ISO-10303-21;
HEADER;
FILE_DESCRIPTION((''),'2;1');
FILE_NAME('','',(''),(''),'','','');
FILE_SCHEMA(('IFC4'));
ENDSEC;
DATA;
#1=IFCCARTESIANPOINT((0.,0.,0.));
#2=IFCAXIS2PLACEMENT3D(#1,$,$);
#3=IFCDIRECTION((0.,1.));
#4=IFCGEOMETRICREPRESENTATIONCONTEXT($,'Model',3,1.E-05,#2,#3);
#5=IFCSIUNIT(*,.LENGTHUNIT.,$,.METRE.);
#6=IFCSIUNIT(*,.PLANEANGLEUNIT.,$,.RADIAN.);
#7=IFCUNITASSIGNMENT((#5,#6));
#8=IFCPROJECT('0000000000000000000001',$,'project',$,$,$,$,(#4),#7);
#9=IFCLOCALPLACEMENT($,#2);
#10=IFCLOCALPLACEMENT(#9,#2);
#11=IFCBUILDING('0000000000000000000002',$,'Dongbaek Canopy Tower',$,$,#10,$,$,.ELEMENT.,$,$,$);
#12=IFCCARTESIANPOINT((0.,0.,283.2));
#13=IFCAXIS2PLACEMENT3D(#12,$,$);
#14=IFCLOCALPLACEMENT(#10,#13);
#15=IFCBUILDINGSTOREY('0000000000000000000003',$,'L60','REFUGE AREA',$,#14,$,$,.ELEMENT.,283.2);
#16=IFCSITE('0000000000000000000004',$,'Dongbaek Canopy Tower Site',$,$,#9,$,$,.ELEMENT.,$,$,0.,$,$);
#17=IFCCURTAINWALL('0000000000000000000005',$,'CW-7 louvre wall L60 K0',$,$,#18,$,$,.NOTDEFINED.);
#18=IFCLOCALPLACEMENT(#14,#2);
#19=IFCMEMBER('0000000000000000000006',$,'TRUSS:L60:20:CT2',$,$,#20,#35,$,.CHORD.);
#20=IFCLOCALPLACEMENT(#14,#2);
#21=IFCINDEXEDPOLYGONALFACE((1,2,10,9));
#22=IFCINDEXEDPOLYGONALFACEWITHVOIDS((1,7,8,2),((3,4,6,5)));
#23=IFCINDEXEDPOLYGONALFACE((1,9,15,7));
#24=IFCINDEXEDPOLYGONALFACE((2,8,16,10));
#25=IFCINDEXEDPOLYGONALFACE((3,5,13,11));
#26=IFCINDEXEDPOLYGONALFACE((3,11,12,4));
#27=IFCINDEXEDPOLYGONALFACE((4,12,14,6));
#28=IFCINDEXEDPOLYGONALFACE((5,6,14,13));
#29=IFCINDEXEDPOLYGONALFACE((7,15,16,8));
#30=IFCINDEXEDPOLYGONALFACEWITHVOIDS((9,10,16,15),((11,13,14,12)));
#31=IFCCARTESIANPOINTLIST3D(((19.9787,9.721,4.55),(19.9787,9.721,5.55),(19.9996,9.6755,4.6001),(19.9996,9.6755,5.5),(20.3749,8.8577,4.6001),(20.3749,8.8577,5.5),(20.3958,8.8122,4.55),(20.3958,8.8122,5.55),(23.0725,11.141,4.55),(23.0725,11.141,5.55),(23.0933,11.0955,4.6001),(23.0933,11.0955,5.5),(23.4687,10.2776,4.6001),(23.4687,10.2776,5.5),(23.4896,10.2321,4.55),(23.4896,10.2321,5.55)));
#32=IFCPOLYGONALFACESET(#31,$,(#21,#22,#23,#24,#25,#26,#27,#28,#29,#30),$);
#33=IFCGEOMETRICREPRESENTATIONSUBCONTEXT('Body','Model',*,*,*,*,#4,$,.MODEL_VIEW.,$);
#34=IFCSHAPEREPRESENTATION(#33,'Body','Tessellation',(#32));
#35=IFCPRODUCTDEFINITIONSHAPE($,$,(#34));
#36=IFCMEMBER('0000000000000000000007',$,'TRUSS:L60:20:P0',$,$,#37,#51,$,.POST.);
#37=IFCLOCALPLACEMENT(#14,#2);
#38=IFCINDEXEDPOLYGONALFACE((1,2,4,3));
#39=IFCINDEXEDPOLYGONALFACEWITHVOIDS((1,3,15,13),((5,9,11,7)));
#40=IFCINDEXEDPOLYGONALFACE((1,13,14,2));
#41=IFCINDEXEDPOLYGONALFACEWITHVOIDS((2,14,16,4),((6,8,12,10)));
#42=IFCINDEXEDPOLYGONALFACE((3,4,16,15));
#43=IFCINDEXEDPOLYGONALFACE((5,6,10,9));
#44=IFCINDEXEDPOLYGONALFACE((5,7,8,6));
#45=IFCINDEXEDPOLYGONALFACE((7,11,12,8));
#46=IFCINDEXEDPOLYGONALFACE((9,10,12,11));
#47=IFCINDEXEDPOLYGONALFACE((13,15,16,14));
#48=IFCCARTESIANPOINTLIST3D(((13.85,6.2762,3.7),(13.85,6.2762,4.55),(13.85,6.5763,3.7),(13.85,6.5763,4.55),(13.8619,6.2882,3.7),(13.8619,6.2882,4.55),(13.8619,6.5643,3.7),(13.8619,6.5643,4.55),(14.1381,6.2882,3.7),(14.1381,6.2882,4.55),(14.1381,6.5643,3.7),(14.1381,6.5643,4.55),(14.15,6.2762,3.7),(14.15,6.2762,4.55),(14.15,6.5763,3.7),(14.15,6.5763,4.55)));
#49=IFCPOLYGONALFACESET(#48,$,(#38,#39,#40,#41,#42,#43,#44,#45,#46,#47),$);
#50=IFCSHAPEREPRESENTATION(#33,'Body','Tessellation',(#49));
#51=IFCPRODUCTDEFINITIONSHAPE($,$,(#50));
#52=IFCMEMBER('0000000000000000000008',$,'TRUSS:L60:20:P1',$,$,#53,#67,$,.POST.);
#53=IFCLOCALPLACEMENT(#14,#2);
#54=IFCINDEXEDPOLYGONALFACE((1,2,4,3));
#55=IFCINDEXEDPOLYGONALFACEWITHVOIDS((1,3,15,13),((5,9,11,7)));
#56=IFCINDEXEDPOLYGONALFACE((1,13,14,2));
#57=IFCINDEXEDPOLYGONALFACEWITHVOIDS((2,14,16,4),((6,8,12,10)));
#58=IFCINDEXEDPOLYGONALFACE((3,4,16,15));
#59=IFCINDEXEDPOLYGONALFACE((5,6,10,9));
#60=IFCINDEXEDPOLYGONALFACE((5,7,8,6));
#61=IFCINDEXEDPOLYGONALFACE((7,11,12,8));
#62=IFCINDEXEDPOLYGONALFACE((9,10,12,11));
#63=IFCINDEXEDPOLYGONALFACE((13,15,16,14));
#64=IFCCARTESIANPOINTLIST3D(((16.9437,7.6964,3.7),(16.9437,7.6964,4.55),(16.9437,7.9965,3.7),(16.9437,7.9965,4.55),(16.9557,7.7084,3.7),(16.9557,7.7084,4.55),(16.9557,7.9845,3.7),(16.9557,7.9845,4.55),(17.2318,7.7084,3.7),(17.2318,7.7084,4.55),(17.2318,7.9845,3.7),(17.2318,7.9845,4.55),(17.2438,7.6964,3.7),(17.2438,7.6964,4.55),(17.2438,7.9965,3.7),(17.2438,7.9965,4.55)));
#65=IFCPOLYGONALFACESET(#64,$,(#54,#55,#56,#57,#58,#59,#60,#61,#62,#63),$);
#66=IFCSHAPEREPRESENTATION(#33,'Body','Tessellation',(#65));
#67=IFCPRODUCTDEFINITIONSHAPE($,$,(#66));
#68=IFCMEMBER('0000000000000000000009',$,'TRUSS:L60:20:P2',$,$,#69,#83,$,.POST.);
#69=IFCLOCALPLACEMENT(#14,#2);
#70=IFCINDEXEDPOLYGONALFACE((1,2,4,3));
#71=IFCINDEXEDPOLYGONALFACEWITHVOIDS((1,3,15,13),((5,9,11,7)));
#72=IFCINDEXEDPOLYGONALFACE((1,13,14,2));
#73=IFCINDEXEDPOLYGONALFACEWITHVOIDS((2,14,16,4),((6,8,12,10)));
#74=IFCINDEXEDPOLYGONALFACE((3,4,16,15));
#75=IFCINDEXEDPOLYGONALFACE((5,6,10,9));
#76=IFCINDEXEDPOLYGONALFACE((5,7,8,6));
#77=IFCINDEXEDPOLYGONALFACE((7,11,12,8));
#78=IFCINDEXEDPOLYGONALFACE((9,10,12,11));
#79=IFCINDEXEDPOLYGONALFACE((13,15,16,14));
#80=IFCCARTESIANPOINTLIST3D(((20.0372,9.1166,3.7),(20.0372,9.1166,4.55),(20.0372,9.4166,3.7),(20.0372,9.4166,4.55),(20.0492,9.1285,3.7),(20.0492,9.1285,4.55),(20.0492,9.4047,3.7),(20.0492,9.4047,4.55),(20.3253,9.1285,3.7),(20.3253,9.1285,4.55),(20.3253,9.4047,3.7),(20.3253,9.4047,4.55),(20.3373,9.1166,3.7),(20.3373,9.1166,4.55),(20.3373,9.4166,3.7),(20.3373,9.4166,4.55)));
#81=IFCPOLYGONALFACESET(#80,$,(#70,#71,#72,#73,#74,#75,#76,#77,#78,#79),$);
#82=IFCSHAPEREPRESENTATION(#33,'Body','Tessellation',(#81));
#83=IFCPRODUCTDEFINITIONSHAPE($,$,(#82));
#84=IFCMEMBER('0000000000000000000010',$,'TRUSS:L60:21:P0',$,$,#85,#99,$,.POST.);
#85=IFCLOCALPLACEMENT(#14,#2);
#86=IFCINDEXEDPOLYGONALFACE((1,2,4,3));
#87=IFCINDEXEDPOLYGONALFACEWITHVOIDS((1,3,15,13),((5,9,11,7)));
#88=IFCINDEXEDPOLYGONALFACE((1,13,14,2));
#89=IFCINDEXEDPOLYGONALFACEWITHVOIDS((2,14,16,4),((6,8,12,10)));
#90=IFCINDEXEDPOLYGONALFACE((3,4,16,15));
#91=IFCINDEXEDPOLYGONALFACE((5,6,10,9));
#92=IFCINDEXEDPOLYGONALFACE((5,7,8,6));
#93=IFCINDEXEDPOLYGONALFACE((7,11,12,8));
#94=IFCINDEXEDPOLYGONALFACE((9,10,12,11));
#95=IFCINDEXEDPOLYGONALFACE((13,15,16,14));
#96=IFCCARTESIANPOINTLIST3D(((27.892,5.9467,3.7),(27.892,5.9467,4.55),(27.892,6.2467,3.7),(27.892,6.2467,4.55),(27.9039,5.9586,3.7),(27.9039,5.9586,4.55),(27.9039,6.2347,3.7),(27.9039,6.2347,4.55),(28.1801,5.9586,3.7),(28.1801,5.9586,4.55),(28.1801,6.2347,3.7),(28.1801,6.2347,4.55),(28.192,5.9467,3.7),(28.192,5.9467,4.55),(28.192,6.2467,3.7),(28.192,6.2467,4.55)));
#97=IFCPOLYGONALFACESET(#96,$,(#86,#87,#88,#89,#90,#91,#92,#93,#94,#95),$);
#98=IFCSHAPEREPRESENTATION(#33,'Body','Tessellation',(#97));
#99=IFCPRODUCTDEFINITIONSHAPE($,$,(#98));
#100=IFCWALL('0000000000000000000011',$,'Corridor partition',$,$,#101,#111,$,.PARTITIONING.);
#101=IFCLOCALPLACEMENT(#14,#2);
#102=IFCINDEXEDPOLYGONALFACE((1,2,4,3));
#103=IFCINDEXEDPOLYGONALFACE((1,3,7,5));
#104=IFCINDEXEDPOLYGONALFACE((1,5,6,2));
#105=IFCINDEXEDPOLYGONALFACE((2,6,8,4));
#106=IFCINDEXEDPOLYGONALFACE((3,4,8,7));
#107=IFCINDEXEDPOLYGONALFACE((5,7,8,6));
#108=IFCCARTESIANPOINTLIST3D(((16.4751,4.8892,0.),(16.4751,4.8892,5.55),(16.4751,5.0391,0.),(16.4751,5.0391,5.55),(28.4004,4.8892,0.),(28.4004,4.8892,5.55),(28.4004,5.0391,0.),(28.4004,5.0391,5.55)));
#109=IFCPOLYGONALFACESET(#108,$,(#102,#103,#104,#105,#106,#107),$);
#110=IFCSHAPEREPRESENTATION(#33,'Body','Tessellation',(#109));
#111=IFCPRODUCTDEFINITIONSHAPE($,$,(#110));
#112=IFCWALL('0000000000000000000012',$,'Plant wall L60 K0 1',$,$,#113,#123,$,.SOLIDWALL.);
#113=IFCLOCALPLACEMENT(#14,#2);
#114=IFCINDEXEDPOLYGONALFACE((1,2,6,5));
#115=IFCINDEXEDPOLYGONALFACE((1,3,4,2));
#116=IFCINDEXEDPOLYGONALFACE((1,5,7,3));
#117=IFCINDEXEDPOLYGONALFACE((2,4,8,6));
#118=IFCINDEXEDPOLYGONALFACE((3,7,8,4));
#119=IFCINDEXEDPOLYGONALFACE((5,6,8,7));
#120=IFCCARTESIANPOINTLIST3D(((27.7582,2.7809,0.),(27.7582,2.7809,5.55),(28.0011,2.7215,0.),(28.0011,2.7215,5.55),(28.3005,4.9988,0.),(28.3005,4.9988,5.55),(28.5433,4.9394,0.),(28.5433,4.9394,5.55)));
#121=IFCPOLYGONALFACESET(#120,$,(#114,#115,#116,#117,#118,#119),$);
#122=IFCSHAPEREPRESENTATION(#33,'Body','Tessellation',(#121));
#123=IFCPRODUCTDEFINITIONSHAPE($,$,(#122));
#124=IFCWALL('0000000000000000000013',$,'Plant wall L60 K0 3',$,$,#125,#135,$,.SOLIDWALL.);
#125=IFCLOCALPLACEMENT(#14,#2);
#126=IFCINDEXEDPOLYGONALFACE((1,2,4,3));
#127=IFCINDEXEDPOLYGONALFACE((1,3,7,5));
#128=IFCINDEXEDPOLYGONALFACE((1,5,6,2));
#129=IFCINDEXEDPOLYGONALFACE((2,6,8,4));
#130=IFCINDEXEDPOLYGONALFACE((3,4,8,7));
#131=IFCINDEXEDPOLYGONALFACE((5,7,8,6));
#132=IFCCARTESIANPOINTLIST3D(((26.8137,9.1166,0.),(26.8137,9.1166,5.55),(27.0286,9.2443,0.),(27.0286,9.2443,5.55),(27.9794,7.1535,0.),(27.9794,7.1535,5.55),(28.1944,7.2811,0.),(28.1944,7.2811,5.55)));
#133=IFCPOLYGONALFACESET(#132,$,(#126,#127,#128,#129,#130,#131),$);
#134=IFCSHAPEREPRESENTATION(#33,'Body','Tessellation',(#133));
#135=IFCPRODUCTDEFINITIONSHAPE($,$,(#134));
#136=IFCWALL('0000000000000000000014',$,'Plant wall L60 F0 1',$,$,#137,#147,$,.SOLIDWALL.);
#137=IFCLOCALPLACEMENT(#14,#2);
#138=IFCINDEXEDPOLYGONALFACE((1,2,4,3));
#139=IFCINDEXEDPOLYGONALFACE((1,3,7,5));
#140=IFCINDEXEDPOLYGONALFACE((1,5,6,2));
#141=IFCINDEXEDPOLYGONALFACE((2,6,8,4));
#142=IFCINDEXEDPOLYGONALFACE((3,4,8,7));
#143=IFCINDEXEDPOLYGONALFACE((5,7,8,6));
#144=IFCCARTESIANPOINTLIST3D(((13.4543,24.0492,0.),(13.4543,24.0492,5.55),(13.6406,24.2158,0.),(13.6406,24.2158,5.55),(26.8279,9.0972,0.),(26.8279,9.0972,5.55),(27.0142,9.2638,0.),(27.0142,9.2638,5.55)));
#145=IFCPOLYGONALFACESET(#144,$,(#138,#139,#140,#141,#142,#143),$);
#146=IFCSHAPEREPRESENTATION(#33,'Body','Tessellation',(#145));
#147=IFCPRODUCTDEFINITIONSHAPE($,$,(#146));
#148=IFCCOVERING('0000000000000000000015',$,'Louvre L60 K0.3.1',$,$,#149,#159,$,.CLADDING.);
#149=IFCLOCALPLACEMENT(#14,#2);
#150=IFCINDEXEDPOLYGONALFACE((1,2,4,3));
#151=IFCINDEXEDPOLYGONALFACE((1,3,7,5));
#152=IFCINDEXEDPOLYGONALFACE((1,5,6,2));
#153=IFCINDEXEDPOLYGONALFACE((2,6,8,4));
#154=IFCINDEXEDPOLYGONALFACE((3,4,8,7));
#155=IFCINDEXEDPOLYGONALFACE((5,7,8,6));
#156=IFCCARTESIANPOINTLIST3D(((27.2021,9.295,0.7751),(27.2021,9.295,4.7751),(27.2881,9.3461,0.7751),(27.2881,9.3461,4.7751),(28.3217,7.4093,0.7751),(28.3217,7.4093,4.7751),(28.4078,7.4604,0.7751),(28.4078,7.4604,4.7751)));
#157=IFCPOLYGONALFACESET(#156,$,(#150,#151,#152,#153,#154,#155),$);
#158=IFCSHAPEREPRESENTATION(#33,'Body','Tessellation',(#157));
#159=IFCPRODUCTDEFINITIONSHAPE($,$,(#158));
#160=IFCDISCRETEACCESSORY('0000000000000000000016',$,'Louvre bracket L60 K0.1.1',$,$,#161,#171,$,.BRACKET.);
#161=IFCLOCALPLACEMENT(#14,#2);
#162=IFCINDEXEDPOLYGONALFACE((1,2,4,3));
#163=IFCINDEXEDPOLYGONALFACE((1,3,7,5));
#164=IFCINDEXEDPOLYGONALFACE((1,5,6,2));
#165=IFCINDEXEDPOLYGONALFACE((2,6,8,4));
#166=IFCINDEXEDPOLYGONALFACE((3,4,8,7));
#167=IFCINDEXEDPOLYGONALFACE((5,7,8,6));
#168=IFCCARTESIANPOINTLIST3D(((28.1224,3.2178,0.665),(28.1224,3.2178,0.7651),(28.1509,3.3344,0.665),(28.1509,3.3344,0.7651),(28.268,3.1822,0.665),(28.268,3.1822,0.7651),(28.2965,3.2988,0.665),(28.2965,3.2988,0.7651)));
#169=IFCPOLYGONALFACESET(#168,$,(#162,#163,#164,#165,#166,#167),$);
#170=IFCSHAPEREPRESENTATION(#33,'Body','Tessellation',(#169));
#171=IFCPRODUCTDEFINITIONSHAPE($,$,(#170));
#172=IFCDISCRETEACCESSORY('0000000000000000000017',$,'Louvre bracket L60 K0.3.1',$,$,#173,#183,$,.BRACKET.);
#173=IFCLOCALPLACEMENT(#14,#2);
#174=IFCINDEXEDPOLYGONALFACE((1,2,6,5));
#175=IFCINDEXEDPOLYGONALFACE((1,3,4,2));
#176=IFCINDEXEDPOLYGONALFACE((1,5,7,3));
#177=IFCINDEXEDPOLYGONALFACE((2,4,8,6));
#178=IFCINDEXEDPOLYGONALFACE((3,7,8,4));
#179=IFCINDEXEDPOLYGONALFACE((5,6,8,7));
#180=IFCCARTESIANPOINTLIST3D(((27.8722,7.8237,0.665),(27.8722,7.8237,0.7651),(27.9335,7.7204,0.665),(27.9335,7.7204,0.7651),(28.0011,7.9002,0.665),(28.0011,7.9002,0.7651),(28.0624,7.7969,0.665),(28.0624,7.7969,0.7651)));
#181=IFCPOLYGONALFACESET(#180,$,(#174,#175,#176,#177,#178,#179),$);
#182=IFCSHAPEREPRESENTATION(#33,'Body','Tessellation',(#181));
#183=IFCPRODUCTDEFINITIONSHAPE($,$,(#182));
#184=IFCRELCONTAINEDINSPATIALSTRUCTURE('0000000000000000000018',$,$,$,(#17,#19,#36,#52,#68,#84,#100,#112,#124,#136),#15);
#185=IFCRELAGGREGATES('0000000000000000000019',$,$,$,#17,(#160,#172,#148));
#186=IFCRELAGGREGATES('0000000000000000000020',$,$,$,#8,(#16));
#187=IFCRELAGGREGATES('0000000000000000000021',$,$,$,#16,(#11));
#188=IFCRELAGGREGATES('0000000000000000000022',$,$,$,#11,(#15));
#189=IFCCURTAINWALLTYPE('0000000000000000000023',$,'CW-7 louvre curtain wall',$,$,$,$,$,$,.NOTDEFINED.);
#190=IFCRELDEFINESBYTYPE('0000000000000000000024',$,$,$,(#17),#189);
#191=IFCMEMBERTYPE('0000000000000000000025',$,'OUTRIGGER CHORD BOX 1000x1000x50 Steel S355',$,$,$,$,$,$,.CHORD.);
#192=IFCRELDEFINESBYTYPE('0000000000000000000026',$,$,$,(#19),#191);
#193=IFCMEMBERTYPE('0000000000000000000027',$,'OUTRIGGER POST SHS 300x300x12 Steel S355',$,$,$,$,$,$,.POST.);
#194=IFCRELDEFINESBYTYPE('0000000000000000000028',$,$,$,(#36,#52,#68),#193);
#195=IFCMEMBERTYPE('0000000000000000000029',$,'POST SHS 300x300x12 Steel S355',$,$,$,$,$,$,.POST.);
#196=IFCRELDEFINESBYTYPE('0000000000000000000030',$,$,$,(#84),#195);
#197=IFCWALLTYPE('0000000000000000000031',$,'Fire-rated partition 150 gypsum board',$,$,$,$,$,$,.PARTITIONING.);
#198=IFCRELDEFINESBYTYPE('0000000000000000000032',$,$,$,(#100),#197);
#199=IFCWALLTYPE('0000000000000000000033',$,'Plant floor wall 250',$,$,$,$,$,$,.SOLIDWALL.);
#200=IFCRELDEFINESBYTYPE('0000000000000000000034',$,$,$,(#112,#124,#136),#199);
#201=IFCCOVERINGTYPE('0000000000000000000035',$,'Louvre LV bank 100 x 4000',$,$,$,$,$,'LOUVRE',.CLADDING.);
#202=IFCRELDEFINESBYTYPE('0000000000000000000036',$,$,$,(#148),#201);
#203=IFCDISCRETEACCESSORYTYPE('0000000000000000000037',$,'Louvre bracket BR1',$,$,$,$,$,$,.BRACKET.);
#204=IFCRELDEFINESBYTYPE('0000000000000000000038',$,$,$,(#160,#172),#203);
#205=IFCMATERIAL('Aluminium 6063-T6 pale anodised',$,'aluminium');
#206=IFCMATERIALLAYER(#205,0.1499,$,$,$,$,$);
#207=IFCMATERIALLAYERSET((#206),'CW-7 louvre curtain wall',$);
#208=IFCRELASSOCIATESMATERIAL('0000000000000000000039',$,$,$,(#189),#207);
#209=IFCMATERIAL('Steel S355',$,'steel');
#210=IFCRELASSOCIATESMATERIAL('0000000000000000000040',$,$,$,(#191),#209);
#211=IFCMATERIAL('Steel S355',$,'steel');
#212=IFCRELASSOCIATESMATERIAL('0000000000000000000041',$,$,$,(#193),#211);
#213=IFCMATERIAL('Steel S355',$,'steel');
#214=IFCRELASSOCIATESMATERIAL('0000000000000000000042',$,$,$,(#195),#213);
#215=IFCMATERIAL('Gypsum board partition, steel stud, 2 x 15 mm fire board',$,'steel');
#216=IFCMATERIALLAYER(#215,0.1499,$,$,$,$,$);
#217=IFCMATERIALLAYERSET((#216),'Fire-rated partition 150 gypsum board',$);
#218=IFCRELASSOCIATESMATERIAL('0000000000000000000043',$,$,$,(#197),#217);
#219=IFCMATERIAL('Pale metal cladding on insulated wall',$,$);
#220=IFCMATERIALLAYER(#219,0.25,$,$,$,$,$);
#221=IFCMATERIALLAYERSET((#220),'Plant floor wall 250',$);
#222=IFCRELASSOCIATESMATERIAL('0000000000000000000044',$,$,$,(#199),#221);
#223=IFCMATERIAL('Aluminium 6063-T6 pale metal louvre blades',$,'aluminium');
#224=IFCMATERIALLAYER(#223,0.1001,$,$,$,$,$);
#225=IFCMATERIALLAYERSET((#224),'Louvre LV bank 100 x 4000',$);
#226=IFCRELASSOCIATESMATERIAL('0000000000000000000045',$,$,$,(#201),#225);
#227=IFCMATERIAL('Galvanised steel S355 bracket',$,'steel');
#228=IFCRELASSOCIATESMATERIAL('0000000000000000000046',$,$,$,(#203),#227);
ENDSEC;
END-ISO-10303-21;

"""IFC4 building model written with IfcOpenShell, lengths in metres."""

from ifc_helpers import new_model, si_unit, direction, frame, frame_2d, origin, origin_2d, place, context, subcontext, project, spatial, rectangle, hollow_rectangle, extrude, material, layer, layer_set, material_profile, profile_set, type_object, element, aggregate, save


model = new_model("IFC4")

# Units and contexts
model_context = context("Model", 3, precision=1e-05, world=origin(), true_north=direction((0.0, 1.0)))
body_context = subcontext(model_context, "Body", "Model", "MODEL_VIEW")
ifc_project = project(units=[si_unit("LENGTHUNIT", "METRE"), si_unit("PLANEANGLEUNIT", "RADIAN")], contexts=[model_context])

# Site, building, storey
site_placement = place(None, origin())
site = spatial("IfcSite", under=ifc_project, at=site_placement, Name="Dongbaek Canopy Tower Site", CompositionType="ELEMENT", RefElevation=0.0)
building_placement = place(site_placement, origin())
building = spatial("IfcBuilding", under=site, at=building_placement, Name="Dongbaek Canopy Tower", CompositionType="ELEMENT")
storey_placement = place(building_placement, frame((0.0, 0.0, 283.2)))
storey = spatial("IfcBuildingStorey", under=building, at=storey_placement, Name="L60", Description="REFUGE AREA", CompositionType="ELEMENT", Elevation=283.2)

# Curtain wall
ifc_material_1 = material(Name="Aluminium 6063-T6 pale anodised", Category="aluminium")
ifc_layer_1 = layer(ifc_material_1, 0.1499)
ifc_layer_set_1 = layer_set([ifc_layer_1], Name="CW-7 louvre curtain wall")
curtain_wall_type = type_object("IfcCurtainWallType", Name="CW-7 louvre curtain wall", PredefinedType="NOTDEFINED", material=ifc_layer_set_1)
curtain_wall_1_placement = place(storey_placement, origin())
curtain_wall_1 = element("IfcCurtainWall", 1, at=curtain_wall_1_placement, inside=storey, type_object=curtain_wall_type, Name="CW-7 louvre wall L60 K0", PredefinedType="NOTDEFINED")

# Members
ifc_material_2 = material(Name="Steel S355", Category="steel")
ifc_material_profile_1 = material_profile(ifc_material_2, hollow_rectangle(XDim=1.0, YDim=1.0, WallThickness=0.05, at=origin_2d()), Name="OUTRIGGER CHORD BOX 1000x1000x50 Steel S355")
ifc_profile_set_1 = profile_set([ifc_material_profile_1], Name="Steel S355")
member_type_1 = type_object("IfcMemberType", Name="OUTRIGGER CHORD BOX 1000x1000x50 Steel S355", PredefinedType="CHORD", material=ifc_profile_set_1)
member_1_placement = place(storey_placement, frame((20.1873, 9.2666, 5.05), z_axis=(0.908847, 0.417129, 0.0), x_axis=(-0.417129, 0.908847, 0.0)))
element("IfcMember", 2, at=member_1_placement, inside=storey, type_object=member_type_1, Name="TRUSS:L60:20:CT2", PredefinedType="CHORD", context=body_context, shape_type="SweptSolid", body=[
    extrude(hollow_rectangle(XDim=1.0, YDim=1.0, WallThickness=0.05, at=origin_2d()), origin(), (0.0, 0.0, 1.0), 3.4041),
])
ifc_material_3 = material(Name="Steel S355", Category="steel")
ifc_material_profile_2 = material_profile(ifc_material_3, hollow_rectangle(XDim=0.3, YDim=0.3, WallThickness=0.012, at=origin_2d()), Name="OUTRIGGER POST SHS 300x300x12 Steel S355")
ifc_profile_set_2 = profile_set([ifc_material_profile_2], Name="Steel S355")
member_type_2 = type_object("IfcMemberType", Name="OUTRIGGER POST SHS 300x300x12 Steel S355", PredefinedType="POST", material=ifc_profile_set_2)
for number, where, z_axis, x_axis, name in (
    (3, (14.0, 6.4263, 3.7), (0.0, 0.0, 1.0), (1.0, 0.0, 0.0), "TRUSS:L60:20:P0"),
    (4, (17.0938, 7.8464, 3.7), (0.0, 0.0, 1.0), (1.0, 0.0, 0.0), "TRUSS:L60:20:P1"),
    (5, (20.1873, 9.2666, 3.7), (0.0, 0.0, 1.0), (1.0, 0.0, 0.0), "TRUSS:L60:20:P2"),
):
    element("IfcMember", number, at=place(storey_placement, frame(where, z_axis=z_axis, x_axis=x_axis)), inside=storey, type_object=member_type_2, Name=name, PredefinedType="POST", context=body_context, shape_type="SweptSolid", body=[
        extrude(hollow_rectangle(XDim=0.3, YDim=0.3, WallThickness=0.012, at=origin_2d()), origin(), (0.0, 0.0, 1.0), 0.8501),
    ])
ifc_material_4 = material(Name="Steel S355", Category="steel")
ifc_material_profile_3 = material_profile(ifc_material_4, hollow_rectangle(XDim=0.3, YDim=0.3, WallThickness=0.012, at=origin_2d()), Name="POST SHS 300x300x12 Steel S355")
ifc_profile_set_3 = profile_set([ifc_material_profile_3], Name="Steel S355")
member_type_3 = type_object("IfcMemberType", Name="POST SHS 300x300x12 Steel S355", PredefinedType="POST", material=ifc_profile_set_3)
member_2_placement = place(storey_placement, frame((28.042, 6.0967, 3.7), z_axis=(0.0, 0.0, 1.0), x_axis=(1.0, 0.0, 0.0)))
element("IfcMember", 6, at=member_2_placement, inside=storey, type_object=member_type_3, Name="TRUSS:L60:21:P0", PredefinedType="POST", context=body_context, shape_type="SweptSolid", body=[
    extrude(hollow_rectangle(XDim=0.3, YDim=0.3, WallThickness=0.012, at=origin_2d()), origin(), (0.0, 0.0, 1.0), 0.8501),
])

# Walls
ifc_material_5 = material(Name="Gypsum board partition, steel stud, 2 x 15 mm fire board", Category="steel")
ifc_layer_2 = layer(ifc_material_5, 0.1499)
ifc_layer_set_2 = layer_set([ifc_layer_2], Name="Fire-rated partition 150 gypsum board")
wall_type_1 = type_object("IfcWallType", Name="Fire-rated partition 150 gypsum board", PredefinedType="PARTITIONING", material=ifc_layer_set_2)
wall_1_placement = place(storey_placement, frame((16.4751, 4.9641, 0.0), z_axis=(0.0, 0.0, 1.0), x_axis=(1.0, 0.0, 0.0)))
element("IfcWall", 7, at=wall_1_placement, inside=storey, type_object=wall_type_1, Name="Corridor partition", PredefinedType="PARTITIONING", context=body_context, shape_type="SweptSolid", body=[
    extrude(rectangle(XDim=11.9253, YDim=0.1499, at=frame_2d((5.9626, 0.0))), origin(), (0.0, 0.0, 1.0), 5.55),
])
ifc_material_6 = material(Name="Pale metal cladding on insulated wall")
ifc_layer_3 = layer(ifc_material_6, 0.25)
ifc_layer_set_3 = layer_set([ifc_layer_3], Name="Plant floor wall 250")
wall_type_2 = type_object("IfcWallType", Name="Plant floor wall 250", PredefinedType="SOLIDWALL", material=ifc_layer_set_3)
for number, where, z_axis, x_axis, name in (
    (8, (27.8796, 2.7512, 0.0), (0.0, 0.0, 1.0), (0.2375, 0.971387, 0.0), "Plant wall L60 K0 1"),
    (9, (28.0869, 7.2173, 0.0), (0.0, 0.0, 1.0), (-0.510591, 0.859824, 0.0), "Plant wall L60 K0 3"),
):
    element("IfcWall", number, at=place(storey_placement, frame(where, z_axis=z_axis, x_axis=x_axis)), inside=storey, type_object=wall_type_2, Name=name, PredefinedType="SOLIDWALL", context=body_context, shape_type="SweptSolid", body=[
        extrude(rectangle(XDim=2.2832, YDim=0.25, at=frame_2d((1.1416, 0.0))), origin(), (0.0, 0.0, 1.0), 5.55),
    ])
wall_2_placement = place(storey_placement, frame((26.9211, 9.1804, 0.0), z_axis=(0.0, 0.0, 1.0), x_axis=(-0.666671, 0.745352, 0.0)))
element("IfcWall", 10, at=wall_2_placement, inside=storey, type_object=wall_type_2, Name="Plant wall L60 F0 1", PredefinedType="SOLIDWALL", context=body_context, shape_type="SweptSolid", body=[
    extrude(rectangle(XDim=20.0603, YDim=0.25, at=frame_2d((10.0303, 0.0))), origin(), (0.0, 0.0, 1.0), 5.55),
])

# Covering
ifc_material_7 = material(Name="Aluminium 6063-T6 pale metal louvre blades", Category="aluminium")
ifc_layer_4 = layer(ifc_material_7, 0.1001)
ifc_layer_set_4 = layer_set([ifc_layer_4], Name="Louvre LV bank 100 x 4000")
covering_type = type_object("IfcCoveringType", Name="Louvre LV bank 100 x 4000", ElementType="LOUVRE", PredefinedType="CLADDING", material=ifc_layer_set_4)
covering_placement = place(storey_placement, frame((27.8049, 8.3777, 0.7751), z_axis=(0.0, 0.0, 1.0), x_axis=(-0.510546, 0.859851, 0.0)))
covering = element("IfcCovering", 11, at=covering_placement, type_object=covering_type, Name="Louvre L60 K0.3.1", PredefinedType="CLADDING", context=body_context, shape_type="SweptSolid", body=[
    extrude(rectangle(XDim=2.1931, YDim=0.1001, at=origin_2d()), origin(), (0.0, 0.0, 1.0), 4.0),
])

# Discrete accessories
ifc_material_8 = material(Name="Galvanised steel S355 bracket", Category="steel")
discrete_accessory_type = type_object("IfcDiscreteAccessoryType", Name="Louvre bracket BR1", PredefinedType="BRACKET", material=ifc_material_8)
discrete_accessory_1_placement = place(storey_placement, frame((28.2095, 3.2583, 0.665), z_axis=(0.0, 0.0, 1.0), x_axis=(0.237564, 0.971372, 0.0)))
discrete_accessory_1 = element("IfcDiscreteAccessory", 12, at=discrete_accessory_1_placement, type_object=discrete_accessory_type, Name="Louvre bracket L60 K0.1.1", PredefinedType="BRACKET", context=body_context, shape_type="SweptSolid", body=[
    extrude(rectangle(XDim=0.1201, YDim=0.1499, at=origin_2d()), origin(), (0.0, 0.0, 1.0), 0.1001),
])
discrete_accessory_2_placement = place(storey_placement, frame((27.9673, 7.8103, 0.665), z_axis=(0.0, 0.0, 1.0), x_axis=(-0.510546, 0.859851, 0.0)))
discrete_accessory_2 = element("IfcDiscreteAccessory", 13, at=discrete_accessory_2_placement, type_object=discrete_accessory_type, Name="Louvre bracket L60 K0.3.1", PredefinedType="BRACKET", context=body_context, shape_type="SweptSolid", body=[
    extrude(rectangle(XDim=0.1201, YDim=0.1499, at=origin_2d()), origin(), (0.0, 0.0, 1.0), 0.1001),
])
aggregate(curtain_wall_1, [discrete_accessory_1, discrete_accessory_2, covering])

save(model, "model.ifc")
